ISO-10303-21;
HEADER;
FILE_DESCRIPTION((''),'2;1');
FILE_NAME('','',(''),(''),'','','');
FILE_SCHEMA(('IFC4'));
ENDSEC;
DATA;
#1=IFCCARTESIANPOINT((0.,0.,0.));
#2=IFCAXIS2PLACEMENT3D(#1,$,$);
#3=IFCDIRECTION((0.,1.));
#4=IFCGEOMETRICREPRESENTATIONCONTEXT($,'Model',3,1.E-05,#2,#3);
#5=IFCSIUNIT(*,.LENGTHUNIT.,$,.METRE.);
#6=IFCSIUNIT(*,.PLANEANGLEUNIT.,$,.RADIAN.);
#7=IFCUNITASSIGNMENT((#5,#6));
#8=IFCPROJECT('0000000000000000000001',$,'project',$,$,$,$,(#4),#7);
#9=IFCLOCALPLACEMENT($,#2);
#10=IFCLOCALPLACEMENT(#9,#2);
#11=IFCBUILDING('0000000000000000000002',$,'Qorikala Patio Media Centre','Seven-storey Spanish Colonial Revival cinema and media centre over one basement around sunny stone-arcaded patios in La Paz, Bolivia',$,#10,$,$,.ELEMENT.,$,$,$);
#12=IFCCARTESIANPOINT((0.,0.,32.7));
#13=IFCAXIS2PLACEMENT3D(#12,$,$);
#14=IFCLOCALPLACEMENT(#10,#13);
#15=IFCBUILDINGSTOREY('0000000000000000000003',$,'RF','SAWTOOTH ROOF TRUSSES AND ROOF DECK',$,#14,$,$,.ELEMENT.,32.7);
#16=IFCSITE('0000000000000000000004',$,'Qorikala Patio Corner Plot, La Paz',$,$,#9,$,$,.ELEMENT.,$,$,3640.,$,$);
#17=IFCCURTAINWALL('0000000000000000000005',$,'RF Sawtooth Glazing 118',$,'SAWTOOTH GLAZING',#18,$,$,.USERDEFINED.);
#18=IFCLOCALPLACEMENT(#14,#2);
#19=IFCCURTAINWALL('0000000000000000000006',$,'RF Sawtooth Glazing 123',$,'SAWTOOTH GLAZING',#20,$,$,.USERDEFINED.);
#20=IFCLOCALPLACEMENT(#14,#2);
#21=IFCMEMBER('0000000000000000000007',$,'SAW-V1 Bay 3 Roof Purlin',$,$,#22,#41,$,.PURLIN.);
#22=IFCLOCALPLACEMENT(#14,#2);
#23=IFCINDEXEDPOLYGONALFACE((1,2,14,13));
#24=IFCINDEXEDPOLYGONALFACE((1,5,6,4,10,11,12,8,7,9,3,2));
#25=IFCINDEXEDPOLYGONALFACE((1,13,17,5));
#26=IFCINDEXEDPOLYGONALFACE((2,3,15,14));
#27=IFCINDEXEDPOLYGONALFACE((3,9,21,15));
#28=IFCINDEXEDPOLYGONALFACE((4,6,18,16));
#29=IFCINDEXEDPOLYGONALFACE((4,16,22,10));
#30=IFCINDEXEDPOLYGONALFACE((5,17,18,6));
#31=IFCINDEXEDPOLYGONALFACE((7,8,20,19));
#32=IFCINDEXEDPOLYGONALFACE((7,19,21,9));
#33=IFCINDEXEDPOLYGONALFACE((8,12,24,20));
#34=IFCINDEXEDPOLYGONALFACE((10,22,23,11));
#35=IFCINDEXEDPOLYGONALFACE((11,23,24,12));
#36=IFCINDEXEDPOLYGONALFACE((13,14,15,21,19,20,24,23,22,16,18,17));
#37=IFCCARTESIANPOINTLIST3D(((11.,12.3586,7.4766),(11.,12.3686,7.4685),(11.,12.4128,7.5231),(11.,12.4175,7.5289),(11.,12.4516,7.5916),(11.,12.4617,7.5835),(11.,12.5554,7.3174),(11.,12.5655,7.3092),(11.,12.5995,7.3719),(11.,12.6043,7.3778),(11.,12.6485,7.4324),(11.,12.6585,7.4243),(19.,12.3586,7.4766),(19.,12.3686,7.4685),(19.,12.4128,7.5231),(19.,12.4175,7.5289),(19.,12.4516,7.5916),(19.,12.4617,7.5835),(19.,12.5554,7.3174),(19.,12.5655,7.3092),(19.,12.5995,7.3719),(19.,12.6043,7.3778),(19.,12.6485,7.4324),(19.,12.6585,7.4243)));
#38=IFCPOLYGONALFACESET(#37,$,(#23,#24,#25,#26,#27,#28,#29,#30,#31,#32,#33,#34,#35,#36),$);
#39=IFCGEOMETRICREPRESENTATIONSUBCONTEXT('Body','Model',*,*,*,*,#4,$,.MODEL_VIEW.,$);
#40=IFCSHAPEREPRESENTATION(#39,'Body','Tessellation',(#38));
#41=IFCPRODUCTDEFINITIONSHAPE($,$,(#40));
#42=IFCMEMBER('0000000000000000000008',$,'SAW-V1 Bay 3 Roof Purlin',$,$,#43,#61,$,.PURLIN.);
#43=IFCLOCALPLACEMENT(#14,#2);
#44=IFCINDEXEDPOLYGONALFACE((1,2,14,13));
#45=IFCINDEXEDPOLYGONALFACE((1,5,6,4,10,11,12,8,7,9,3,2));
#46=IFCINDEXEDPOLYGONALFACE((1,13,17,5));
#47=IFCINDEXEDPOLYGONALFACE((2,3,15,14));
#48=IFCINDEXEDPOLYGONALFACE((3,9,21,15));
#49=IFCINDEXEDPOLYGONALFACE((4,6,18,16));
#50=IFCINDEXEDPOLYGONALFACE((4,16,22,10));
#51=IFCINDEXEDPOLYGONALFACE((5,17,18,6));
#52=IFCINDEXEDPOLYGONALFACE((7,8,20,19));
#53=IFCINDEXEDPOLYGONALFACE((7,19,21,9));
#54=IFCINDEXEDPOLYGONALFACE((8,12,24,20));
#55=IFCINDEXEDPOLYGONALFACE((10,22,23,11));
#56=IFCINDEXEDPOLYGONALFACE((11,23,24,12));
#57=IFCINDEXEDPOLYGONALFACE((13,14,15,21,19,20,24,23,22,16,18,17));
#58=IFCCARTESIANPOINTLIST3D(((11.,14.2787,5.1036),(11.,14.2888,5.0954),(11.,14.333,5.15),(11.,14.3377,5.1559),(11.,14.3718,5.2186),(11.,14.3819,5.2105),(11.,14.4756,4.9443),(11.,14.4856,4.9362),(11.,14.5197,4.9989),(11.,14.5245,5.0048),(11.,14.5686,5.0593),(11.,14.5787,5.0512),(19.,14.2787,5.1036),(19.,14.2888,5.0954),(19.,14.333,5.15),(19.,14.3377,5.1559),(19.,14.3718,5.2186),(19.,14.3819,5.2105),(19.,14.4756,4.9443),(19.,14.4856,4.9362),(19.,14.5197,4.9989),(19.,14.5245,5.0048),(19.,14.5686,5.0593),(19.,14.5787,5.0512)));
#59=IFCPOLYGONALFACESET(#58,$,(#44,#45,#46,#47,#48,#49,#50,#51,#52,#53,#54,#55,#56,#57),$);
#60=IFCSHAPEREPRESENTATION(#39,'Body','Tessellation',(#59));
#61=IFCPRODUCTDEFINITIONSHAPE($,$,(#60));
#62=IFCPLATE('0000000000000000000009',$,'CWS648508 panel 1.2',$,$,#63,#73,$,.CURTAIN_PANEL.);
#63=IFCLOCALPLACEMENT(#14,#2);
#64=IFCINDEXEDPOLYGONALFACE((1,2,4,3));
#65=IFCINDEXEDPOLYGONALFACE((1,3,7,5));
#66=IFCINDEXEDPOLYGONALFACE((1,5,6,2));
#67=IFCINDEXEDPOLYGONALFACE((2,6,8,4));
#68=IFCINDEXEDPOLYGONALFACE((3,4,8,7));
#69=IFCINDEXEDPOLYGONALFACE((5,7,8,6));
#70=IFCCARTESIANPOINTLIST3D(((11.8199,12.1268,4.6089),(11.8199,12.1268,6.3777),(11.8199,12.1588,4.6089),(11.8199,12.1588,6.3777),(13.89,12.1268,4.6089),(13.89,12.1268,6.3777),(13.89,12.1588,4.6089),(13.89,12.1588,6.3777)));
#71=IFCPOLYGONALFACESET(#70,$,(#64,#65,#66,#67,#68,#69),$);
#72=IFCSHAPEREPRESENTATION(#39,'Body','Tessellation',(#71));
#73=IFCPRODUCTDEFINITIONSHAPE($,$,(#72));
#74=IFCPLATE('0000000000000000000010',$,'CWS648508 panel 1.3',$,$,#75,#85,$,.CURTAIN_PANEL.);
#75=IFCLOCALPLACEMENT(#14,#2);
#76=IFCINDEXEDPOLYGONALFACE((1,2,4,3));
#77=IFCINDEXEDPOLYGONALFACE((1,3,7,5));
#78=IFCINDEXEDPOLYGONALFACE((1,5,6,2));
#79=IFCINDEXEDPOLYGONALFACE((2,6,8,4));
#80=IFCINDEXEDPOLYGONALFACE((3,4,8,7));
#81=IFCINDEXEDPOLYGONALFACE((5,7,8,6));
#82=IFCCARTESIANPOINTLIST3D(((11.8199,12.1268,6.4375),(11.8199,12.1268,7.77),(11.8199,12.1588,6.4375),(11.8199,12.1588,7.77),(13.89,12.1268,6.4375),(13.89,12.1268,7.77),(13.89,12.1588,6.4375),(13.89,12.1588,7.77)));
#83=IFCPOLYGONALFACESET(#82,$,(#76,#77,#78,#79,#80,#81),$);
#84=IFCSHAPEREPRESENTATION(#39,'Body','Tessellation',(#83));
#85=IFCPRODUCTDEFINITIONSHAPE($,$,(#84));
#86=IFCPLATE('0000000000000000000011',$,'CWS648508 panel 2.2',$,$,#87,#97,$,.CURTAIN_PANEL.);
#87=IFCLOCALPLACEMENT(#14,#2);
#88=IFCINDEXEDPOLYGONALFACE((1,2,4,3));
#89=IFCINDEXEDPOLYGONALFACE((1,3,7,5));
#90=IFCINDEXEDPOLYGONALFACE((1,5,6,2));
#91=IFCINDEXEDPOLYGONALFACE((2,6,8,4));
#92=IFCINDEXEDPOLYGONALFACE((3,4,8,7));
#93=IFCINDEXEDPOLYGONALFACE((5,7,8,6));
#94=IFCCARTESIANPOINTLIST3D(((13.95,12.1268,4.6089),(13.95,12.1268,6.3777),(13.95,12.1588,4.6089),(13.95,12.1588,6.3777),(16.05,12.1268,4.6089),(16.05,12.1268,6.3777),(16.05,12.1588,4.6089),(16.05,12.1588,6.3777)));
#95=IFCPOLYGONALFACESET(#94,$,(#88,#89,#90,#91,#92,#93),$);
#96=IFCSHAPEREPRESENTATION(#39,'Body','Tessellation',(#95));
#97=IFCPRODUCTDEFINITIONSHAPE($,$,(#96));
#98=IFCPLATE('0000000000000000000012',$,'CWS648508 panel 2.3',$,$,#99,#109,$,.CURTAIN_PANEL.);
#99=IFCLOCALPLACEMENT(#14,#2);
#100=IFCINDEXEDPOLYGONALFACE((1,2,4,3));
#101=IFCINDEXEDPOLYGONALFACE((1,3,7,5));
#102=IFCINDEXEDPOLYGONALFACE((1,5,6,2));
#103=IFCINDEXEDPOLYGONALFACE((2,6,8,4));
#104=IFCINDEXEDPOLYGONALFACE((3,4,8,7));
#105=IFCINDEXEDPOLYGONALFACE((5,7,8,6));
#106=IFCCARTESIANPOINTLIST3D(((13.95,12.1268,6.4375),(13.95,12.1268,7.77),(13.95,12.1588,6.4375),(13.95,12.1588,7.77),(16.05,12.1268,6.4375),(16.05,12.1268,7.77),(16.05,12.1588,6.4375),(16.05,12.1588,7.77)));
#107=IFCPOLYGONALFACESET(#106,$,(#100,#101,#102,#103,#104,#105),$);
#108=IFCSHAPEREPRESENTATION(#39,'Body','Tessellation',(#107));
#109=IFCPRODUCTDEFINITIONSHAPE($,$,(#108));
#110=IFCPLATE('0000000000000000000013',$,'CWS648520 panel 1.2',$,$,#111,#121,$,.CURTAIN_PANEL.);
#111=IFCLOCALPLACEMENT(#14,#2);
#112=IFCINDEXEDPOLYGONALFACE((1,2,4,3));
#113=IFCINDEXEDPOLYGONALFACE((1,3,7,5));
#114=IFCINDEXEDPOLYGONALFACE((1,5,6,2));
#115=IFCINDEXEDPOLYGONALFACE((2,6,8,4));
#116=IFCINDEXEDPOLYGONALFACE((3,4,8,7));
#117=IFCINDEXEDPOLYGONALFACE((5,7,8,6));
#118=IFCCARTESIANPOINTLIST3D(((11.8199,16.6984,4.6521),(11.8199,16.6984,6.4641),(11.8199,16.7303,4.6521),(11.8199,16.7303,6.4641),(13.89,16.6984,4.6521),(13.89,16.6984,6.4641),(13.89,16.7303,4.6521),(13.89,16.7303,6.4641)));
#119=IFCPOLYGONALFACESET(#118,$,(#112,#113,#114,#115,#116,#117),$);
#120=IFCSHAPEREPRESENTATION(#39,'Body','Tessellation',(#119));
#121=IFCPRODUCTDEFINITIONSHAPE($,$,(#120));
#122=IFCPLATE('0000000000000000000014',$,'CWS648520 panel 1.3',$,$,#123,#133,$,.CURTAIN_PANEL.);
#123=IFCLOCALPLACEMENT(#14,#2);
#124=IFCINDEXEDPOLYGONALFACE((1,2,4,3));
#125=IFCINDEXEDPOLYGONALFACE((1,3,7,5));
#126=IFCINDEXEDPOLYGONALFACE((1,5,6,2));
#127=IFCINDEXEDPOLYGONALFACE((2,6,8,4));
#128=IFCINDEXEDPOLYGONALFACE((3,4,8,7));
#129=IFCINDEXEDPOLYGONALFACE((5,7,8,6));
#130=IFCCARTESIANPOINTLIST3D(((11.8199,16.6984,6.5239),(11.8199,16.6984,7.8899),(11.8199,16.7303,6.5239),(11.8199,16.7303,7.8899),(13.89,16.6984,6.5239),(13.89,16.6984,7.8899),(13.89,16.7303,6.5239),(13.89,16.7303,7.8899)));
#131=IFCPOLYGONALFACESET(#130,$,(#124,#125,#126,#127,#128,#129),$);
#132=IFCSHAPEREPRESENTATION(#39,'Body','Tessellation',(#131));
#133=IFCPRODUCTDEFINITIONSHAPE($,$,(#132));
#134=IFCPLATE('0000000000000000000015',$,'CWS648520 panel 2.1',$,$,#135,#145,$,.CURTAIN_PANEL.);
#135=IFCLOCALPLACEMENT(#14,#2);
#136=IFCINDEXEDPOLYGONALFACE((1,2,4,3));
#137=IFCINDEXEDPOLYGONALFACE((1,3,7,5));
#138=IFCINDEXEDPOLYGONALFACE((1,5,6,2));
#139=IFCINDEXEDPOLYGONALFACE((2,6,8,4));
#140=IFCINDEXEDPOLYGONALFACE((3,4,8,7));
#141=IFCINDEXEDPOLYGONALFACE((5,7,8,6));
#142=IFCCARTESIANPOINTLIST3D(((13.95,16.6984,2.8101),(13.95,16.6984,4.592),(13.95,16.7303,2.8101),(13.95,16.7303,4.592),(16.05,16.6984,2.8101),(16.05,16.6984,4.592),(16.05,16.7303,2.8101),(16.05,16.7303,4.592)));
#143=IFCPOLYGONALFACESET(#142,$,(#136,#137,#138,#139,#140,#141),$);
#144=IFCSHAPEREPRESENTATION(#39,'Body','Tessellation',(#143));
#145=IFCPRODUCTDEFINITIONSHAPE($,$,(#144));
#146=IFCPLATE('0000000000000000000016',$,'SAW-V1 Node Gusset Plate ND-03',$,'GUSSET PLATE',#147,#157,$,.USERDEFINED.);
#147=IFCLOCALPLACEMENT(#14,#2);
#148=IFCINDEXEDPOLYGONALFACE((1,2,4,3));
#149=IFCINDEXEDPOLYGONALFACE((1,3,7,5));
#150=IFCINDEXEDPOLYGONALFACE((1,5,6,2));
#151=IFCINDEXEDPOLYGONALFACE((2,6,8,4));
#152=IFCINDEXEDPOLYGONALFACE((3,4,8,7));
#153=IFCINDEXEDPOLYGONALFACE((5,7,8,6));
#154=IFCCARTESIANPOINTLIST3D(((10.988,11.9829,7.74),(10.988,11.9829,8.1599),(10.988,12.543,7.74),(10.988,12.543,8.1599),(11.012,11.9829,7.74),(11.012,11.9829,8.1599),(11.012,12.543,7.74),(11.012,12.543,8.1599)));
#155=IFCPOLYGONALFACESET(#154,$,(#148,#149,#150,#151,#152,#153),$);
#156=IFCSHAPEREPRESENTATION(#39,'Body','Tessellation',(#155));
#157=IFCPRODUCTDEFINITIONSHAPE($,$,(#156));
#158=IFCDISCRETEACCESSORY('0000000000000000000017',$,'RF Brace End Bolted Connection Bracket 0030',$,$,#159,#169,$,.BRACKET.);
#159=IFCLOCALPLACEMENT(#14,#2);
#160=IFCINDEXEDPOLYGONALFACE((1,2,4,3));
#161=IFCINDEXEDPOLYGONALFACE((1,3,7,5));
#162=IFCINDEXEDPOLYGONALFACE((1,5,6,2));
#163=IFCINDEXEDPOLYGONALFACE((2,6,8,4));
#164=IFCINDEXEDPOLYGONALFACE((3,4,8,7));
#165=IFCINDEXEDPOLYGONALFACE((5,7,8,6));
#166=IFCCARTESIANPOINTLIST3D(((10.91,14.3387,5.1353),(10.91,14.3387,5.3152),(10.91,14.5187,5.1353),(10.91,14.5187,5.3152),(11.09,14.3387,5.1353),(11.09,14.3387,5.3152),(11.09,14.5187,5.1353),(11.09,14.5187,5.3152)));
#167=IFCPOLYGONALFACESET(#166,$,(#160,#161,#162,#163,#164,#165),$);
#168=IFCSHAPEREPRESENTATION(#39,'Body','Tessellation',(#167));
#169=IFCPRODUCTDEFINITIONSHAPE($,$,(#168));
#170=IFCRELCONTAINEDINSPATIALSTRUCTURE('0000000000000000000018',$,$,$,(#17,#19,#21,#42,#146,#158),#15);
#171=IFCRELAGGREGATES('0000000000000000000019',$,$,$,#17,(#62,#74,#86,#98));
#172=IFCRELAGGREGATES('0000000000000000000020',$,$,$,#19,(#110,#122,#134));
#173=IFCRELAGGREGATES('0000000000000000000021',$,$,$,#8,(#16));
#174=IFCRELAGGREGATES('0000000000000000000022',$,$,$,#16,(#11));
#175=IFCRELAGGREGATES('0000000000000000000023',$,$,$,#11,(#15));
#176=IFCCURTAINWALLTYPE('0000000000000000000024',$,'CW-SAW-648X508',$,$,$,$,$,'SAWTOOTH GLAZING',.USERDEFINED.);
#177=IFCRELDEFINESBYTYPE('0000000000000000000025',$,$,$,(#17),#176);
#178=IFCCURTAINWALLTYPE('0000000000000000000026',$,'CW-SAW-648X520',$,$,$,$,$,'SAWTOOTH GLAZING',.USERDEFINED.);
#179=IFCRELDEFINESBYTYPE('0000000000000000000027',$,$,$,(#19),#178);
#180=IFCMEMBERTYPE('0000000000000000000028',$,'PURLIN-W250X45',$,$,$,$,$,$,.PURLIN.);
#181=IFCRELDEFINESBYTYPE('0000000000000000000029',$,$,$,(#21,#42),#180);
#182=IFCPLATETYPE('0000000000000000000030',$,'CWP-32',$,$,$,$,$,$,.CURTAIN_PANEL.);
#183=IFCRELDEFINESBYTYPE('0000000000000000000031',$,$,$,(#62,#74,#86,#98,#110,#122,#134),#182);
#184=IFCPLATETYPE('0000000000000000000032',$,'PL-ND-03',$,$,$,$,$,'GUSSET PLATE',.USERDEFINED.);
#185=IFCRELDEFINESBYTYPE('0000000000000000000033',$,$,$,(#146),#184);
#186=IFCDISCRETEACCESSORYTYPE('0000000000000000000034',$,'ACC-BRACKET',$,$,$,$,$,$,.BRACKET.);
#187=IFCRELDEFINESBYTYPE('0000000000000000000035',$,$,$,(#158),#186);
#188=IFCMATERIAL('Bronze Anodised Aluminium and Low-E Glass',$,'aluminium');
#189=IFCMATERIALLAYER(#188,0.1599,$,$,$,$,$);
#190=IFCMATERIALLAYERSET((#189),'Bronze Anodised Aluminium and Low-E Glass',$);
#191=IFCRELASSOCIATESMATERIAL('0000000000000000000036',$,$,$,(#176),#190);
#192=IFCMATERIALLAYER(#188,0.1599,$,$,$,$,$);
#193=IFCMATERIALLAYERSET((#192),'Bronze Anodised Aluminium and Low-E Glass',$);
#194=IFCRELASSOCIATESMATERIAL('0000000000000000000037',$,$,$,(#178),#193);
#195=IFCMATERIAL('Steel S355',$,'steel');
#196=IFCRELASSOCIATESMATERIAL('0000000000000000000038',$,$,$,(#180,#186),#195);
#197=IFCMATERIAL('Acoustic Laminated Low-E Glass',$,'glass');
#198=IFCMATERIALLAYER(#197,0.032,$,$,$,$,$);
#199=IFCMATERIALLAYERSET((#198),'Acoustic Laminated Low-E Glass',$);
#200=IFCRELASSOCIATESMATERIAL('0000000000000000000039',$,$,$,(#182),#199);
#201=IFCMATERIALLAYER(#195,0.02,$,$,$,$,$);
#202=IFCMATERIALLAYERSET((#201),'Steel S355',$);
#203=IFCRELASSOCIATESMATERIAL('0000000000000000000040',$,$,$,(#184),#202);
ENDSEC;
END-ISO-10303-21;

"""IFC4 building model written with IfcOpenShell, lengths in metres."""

from ifc_helpers import new_model, si_unit, direction, frame, origin, origin_2d, place, context, subcontext, project, spatial, rectangle, i_section, extrude, material, layer, layer_set, material_profile, profile_set, type_object, element, aggregate, save


model = new_model("IFC4")

# Units and contexts
model_context = context("Model", 3, precision=1e-05, world=origin(), true_north=direction((0.0, 1.0)))
body_context = subcontext(model_context, "Body", "Model", "MODEL_VIEW")
ifc_project = project(units=[si_unit("LENGTHUNIT", "METRE"), si_unit("PLANEANGLEUNIT", "RADIAN")], contexts=[model_context])

# Site, building, storey
site_placement = place(None, origin())
site = spatial("IfcSite", under=ifc_project, at=site_placement, Name="Qorikala Patio Corner Plot, La Paz", CompositionType="ELEMENT", RefElevation=3640.0)
building_placement = place(site_placement, origin())
building = spatial("IfcBuilding", under=site, at=building_placement, Name="Qorikala Patio Media Centre", Description="Seven-storey Spanish Colonial Revival cinema and media centre over one basement around sunny stone-arcaded patios in La Paz, Bolivia", CompositionType="ELEMENT")
storey_placement = place(building_placement, frame((0.0, 0.0, 32.7)))
storey = spatial("IfcBuildingStorey", under=building, at=storey_placement, Name="RF", Description="SAWTOOTH ROOF TRUSSES AND ROOF DECK", CompositionType="ELEMENT", Elevation=32.7)

# Shared definitions
ifc_material_1 = material(Name="Steel S355", Category="steel")

# Curtain walls
ifc_material_2 = material(Name="Bronze Anodised Aluminium and Low-E Glass", Category="aluminium")
ifc_layer_1 = layer(ifc_material_2, 0.1599)
ifc_layer_set_1 = layer_set([ifc_layer_1], Name="Bronze Anodised Aluminium and Low-E Glass")
curtain_wall_type_1 = type_object("IfcCurtainWallType", Name="CW-SAW-648X508", ElementType="SAWTOOTH GLAZING", PredefinedType="USERDEFINED", material=ifc_layer_set_1)
curtain_wall_1_placement = place(storey_placement, origin())
curtain_wall_1 = element("IfcCurtainWall", 1, at=curtain_wall_1_placement, inside=storey, type_object=curtain_wall_type_1, Name="RF Sawtooth Glazing 118", ObjectType="SAWTOOTH GLAZING", PredefinedType="USERDEFINED")
ifc_layer_2 = layer(ifc_material_2, 0.1599)
ifc_layer_set_2 = layer_set([ifc_layer_2], Name="Bronze Anodised Aluminium and Low-E Glass")
curtain_wall_type_2 = type_object("IfcCurtainWallType", Name="CW-SAW-648X520", ElementType="SAWTOOTH GLAZING", PredefinedType="USERDEFINED", material=ifc_layer_set_2)
curtain_wall_2_placement = place(storey_placement, origin())
curtain_wall_2 = element("IfcCurtainWall", 2, at=curtain_wall_2_placement, inside=storey, type_object=curtain_wall_type_2, Name="RF Sawtooth Glazing 123", ObjectType="SAWTOOTH GLAZING", PredefinedType="USERDEFINED")

# Members
ifc_material_profile_1 = material_profile(ifc_material_1, i_section(OverallWidth=0.1479, OverallDepth=0.2661, WebThickness=0.0076, FlangeThickness=0.0129, at=origin_2d()), Name="W250X45")
ifc_profile_set_1 = profile_set([ifc_material_profile_1], Name="Steel S355")
member_type_1 = type_object("IfcMemberType", Name="PURLIN-W250X45", PredefinedType="PURLIN", material=ifc_profile_set_1)
for number, where, z_axis, x_axis, name in (
    (3, (11.0, 12.5085, 7.4504), (1.0, 0.0, 0.0), (0.0, 0.628995, 0.77741), "SAW-V1 Bay 3 Roof Purlin"),
    (4, (11.0, 14.4287, 5.0774), (1.0, 0.0, 0.0), (0.0, 0.628995, 0.77741), "SAW-V1 Bay 3 Roof Purlin"),
):
    element("IfcMember", number, at=place(storey_placement, frame(where, z_axis=z_axis, x_axis=x_axis)), inside=storey, type_object=member_type_1, Name=name, PredefinedType="PURLIN", context=body_context, shape_type="SweptSolid", body=[
        extrude(i_section(OverallWidth=0.1479, OverallDepth=0.2661, WebThickness=0.0076, FlangeThickness=0.0129, at=origin_2d()), origin(), (0.0, 0.0, 1.0), 8.0),
    ])

# Plates
ifc_material_3 = material(Name="Acoustic Laminated Low-E Glass", Category="glass")
ifc_layer_3 = layer(ifc_material_3, 0.032)
ifc_layer_set_3 = layer_set([ifc_layer_3], Name="Acoustic Laminated Low-E Glass")
plate_type_1 = type_object("IfcPlateType", Name="CWP-32", PredefinedType="CURTAIN_PANEL", material=ifc_layer_set_3)
plate_1_placement = place(storey_placement, frame((12.855, 12.1428, 4.6089), z_axis=(0.0, 0.0, 1.0), x_axis=(1.0, 0.0, 0.0)))
plate_1 = element("IfcPlate", 5, at=plate_1_placement, type_object=plate_type_1, Name="CWS648508 panel 1.2", PredefinedType="CURTAIN_PANEL", context=body_context, shape_type="SweptSolid", body=[
    extrude(rectangle(XDim=2.0701, YDim=0.032, at=origin_2d()), origin(), (0.0, 0.0, 1.0), 1.7688),
])
plate_2_placement = place(storey_placement, frame((12.855, 12.1428, 6.4375), z_axis=(0.0, 0.0, 1.0), x_axis=(1.0, 0.0, 0.0)))
plate_2 = element("IfcPlate", 6, at=plate_2_placement, type_object=plate_type_1, Name="CWS648508 panel 1.3", PredefinedType="CURTAIN_PANEL", context=body_context, shape_type="SweptSolid", body=[
    extrude(rectangle(XDim=2.0701, YDim=0.032, at=origin_2d()), origin(), (0.0, 0.0, 1.0), 1.3325),
])
plate_3_placement = place(storey_placement, frame((15.0, 12.1428, 4.6089), z_axis=(0.0, 0.0, 1.0), x_axis=(1.0, 0.0, 0.0)))
plate_3 = element("IfcPlate", 7, at=plate_3_placement, type_object=plate_type_1, Name="CWS648508 panel 2.2", PredefinedType="CURTAIN_PANEL", context=body_context, shape_type="SweptSolid", body=[
    extrude(rectangle(XDim=2.1001, YDim=0.032, at=origin_2d()), origin(), (0.0, 0.0, 1.0), 1.7688),
])
plate_4_placement = place(storey_placement, frame((15.0, 12.1428, 6.4375), z_axis=(0.0, 0.0, 1.0), x_axis=(1.0, 0.0, 0.0)))
plate_4 = element("IfcPlate", 8, at=plate_4_placement, type_object=plate_type_1, Name="CWS648508 panel 2.3", PredefinedType="CURTAIN_PANEL", context=body_context, shape_type="SweptSolid", body=[
    extrude(rectangle(XDim=2.1001, YDim=0.032, at=origin_2d()), origin(), (0.0, 0.0, 1.0), 1.3325),
])
aggregate(curtain_wall_1, [plate_1, plate_2, plate_3, plate_4])
plate_5_placement = place(storey_placement, frame((12.855, 16.7144, 4.6521), z_axis=(0.0, 0.0, 1.0), x_axis=(1.0, 0.0, 0.0)))
plate_5 = element("IfcPlate", 9, at=plate_5_placement, type_object=plate_type_1, Name="CWS648520 panel 1.2", PredefinedType="CURTAIN_PANEL", context=body_context, shape_type="SweptSolid", body=[
    extrude(rectangle(XDim=2.0701, YDim=0.032, at=origin_2d()), origin(), (0.0, 0.0, 1.0), 1.812),
])
plate_6_placement = place(storey_placement, frame((12.855, 16.7144, 6.5239), z_axis=(0.0, 0.0, 1.0), x_axis=(1.0, 0.0, 0.0)))
plate_6 = element("IfcPlate", 10, at=plate_6_placement, type_object=plate_type_1, Name="CWS648520 panel 1.3", PredefinedType="CURTAIN_PANEL", context=body_context, shape_type="SweptSolid", body=[
    extrude(rectangle(XDim=2.0701, YDim=0.032, at=origin_2d()), origin(), (0.0, 0.0, 1.0), 1.366),
])
plate_7_placement = place(storey_placement, frame((15.0, 16.7144, 2.8101), z_axis=(0.0, 0.0, 1.0), x_axis=(1.0, 0.0, 0.0)))
plate_7 = element("IfcPlate", 11, at=plate_7_placement, type_object=plate_type_1, Name="CWS648520 panel 2.1", PredefinedType="CURTAIN_PANEL", context=body_context, shape_type="SweptSolid", body=[
    extrude(rectangle(XDim=2.1001, YDim=0.032, at=origin_2d()), origin(), (0.0, 0.0, 1.0), 1.782),
])
aggregate(curtain_wall_2, [plate_5, plate_6, plate_7])
ifc_layer_4 = layer(ifc_material_1, 0.02)
ifc_layer_set_4 = layer_set([ifc_layer_4], Name="Steel S355")
plate_type_2 = type_object("IfcPlateType", Name="PL-ND-03", ElementType="GUSSET PLATE", PredefinedType="USERDEFINED", material=ifc_layer_set_4)
plate_8_placement = place(storey_placement, frame((11.0, 12.2629, 7.74), z_axis=(0.0, 0.0, 1.0), x_axis=(1.0, 0.0, 0.0)))
element("IfcPlate", 12, at=plate_8_placement, inside=storey, type_object=plate_type_2, Name="SAW-V1 Node Gusset Plate ND-03", ObjectType="GUSSET PLATE", PredefinedType="USERDEFINED", context=body_context, shape_type="SweptSolid", body=[
    extrude(rectangle(XDim=0.0239, YDim=0.5601, at=origin_2d()), origin(), (0.0, 0.0, 1.0), 0.4199),
])

# Discrete accessory
discrete_accessory_type = type_object("IfcDiscreteAccessoryType", Name="ACC-BRACKET", PredefinedType="BRACKET", material=ifc_material_1)
discrete_accessory_placement = place(storey_placement, frame((11.0, 14.4287, 5.1353), z_axis=(0.0, 0.0, 1.0), x_axis=(1.0, 0.0, 0.0)))
element("IfcDiscreteAccessory", 13, at=discrete_accessory_placement, inside=storey, type_object=discrete_accessory_type, Name="RF Brace End Bolted Connection Bracket 0030", PredefinedType="BRACKET", context=body_context, shape_type="SweptSolid", body=[
    extrude(rectangle(XDim=0.1799, YDim=0.1799, at=origin_2d()), origin(), (0.0, 0.0, 1.0), 0.1799),
])

save(model, "model.ifc")
